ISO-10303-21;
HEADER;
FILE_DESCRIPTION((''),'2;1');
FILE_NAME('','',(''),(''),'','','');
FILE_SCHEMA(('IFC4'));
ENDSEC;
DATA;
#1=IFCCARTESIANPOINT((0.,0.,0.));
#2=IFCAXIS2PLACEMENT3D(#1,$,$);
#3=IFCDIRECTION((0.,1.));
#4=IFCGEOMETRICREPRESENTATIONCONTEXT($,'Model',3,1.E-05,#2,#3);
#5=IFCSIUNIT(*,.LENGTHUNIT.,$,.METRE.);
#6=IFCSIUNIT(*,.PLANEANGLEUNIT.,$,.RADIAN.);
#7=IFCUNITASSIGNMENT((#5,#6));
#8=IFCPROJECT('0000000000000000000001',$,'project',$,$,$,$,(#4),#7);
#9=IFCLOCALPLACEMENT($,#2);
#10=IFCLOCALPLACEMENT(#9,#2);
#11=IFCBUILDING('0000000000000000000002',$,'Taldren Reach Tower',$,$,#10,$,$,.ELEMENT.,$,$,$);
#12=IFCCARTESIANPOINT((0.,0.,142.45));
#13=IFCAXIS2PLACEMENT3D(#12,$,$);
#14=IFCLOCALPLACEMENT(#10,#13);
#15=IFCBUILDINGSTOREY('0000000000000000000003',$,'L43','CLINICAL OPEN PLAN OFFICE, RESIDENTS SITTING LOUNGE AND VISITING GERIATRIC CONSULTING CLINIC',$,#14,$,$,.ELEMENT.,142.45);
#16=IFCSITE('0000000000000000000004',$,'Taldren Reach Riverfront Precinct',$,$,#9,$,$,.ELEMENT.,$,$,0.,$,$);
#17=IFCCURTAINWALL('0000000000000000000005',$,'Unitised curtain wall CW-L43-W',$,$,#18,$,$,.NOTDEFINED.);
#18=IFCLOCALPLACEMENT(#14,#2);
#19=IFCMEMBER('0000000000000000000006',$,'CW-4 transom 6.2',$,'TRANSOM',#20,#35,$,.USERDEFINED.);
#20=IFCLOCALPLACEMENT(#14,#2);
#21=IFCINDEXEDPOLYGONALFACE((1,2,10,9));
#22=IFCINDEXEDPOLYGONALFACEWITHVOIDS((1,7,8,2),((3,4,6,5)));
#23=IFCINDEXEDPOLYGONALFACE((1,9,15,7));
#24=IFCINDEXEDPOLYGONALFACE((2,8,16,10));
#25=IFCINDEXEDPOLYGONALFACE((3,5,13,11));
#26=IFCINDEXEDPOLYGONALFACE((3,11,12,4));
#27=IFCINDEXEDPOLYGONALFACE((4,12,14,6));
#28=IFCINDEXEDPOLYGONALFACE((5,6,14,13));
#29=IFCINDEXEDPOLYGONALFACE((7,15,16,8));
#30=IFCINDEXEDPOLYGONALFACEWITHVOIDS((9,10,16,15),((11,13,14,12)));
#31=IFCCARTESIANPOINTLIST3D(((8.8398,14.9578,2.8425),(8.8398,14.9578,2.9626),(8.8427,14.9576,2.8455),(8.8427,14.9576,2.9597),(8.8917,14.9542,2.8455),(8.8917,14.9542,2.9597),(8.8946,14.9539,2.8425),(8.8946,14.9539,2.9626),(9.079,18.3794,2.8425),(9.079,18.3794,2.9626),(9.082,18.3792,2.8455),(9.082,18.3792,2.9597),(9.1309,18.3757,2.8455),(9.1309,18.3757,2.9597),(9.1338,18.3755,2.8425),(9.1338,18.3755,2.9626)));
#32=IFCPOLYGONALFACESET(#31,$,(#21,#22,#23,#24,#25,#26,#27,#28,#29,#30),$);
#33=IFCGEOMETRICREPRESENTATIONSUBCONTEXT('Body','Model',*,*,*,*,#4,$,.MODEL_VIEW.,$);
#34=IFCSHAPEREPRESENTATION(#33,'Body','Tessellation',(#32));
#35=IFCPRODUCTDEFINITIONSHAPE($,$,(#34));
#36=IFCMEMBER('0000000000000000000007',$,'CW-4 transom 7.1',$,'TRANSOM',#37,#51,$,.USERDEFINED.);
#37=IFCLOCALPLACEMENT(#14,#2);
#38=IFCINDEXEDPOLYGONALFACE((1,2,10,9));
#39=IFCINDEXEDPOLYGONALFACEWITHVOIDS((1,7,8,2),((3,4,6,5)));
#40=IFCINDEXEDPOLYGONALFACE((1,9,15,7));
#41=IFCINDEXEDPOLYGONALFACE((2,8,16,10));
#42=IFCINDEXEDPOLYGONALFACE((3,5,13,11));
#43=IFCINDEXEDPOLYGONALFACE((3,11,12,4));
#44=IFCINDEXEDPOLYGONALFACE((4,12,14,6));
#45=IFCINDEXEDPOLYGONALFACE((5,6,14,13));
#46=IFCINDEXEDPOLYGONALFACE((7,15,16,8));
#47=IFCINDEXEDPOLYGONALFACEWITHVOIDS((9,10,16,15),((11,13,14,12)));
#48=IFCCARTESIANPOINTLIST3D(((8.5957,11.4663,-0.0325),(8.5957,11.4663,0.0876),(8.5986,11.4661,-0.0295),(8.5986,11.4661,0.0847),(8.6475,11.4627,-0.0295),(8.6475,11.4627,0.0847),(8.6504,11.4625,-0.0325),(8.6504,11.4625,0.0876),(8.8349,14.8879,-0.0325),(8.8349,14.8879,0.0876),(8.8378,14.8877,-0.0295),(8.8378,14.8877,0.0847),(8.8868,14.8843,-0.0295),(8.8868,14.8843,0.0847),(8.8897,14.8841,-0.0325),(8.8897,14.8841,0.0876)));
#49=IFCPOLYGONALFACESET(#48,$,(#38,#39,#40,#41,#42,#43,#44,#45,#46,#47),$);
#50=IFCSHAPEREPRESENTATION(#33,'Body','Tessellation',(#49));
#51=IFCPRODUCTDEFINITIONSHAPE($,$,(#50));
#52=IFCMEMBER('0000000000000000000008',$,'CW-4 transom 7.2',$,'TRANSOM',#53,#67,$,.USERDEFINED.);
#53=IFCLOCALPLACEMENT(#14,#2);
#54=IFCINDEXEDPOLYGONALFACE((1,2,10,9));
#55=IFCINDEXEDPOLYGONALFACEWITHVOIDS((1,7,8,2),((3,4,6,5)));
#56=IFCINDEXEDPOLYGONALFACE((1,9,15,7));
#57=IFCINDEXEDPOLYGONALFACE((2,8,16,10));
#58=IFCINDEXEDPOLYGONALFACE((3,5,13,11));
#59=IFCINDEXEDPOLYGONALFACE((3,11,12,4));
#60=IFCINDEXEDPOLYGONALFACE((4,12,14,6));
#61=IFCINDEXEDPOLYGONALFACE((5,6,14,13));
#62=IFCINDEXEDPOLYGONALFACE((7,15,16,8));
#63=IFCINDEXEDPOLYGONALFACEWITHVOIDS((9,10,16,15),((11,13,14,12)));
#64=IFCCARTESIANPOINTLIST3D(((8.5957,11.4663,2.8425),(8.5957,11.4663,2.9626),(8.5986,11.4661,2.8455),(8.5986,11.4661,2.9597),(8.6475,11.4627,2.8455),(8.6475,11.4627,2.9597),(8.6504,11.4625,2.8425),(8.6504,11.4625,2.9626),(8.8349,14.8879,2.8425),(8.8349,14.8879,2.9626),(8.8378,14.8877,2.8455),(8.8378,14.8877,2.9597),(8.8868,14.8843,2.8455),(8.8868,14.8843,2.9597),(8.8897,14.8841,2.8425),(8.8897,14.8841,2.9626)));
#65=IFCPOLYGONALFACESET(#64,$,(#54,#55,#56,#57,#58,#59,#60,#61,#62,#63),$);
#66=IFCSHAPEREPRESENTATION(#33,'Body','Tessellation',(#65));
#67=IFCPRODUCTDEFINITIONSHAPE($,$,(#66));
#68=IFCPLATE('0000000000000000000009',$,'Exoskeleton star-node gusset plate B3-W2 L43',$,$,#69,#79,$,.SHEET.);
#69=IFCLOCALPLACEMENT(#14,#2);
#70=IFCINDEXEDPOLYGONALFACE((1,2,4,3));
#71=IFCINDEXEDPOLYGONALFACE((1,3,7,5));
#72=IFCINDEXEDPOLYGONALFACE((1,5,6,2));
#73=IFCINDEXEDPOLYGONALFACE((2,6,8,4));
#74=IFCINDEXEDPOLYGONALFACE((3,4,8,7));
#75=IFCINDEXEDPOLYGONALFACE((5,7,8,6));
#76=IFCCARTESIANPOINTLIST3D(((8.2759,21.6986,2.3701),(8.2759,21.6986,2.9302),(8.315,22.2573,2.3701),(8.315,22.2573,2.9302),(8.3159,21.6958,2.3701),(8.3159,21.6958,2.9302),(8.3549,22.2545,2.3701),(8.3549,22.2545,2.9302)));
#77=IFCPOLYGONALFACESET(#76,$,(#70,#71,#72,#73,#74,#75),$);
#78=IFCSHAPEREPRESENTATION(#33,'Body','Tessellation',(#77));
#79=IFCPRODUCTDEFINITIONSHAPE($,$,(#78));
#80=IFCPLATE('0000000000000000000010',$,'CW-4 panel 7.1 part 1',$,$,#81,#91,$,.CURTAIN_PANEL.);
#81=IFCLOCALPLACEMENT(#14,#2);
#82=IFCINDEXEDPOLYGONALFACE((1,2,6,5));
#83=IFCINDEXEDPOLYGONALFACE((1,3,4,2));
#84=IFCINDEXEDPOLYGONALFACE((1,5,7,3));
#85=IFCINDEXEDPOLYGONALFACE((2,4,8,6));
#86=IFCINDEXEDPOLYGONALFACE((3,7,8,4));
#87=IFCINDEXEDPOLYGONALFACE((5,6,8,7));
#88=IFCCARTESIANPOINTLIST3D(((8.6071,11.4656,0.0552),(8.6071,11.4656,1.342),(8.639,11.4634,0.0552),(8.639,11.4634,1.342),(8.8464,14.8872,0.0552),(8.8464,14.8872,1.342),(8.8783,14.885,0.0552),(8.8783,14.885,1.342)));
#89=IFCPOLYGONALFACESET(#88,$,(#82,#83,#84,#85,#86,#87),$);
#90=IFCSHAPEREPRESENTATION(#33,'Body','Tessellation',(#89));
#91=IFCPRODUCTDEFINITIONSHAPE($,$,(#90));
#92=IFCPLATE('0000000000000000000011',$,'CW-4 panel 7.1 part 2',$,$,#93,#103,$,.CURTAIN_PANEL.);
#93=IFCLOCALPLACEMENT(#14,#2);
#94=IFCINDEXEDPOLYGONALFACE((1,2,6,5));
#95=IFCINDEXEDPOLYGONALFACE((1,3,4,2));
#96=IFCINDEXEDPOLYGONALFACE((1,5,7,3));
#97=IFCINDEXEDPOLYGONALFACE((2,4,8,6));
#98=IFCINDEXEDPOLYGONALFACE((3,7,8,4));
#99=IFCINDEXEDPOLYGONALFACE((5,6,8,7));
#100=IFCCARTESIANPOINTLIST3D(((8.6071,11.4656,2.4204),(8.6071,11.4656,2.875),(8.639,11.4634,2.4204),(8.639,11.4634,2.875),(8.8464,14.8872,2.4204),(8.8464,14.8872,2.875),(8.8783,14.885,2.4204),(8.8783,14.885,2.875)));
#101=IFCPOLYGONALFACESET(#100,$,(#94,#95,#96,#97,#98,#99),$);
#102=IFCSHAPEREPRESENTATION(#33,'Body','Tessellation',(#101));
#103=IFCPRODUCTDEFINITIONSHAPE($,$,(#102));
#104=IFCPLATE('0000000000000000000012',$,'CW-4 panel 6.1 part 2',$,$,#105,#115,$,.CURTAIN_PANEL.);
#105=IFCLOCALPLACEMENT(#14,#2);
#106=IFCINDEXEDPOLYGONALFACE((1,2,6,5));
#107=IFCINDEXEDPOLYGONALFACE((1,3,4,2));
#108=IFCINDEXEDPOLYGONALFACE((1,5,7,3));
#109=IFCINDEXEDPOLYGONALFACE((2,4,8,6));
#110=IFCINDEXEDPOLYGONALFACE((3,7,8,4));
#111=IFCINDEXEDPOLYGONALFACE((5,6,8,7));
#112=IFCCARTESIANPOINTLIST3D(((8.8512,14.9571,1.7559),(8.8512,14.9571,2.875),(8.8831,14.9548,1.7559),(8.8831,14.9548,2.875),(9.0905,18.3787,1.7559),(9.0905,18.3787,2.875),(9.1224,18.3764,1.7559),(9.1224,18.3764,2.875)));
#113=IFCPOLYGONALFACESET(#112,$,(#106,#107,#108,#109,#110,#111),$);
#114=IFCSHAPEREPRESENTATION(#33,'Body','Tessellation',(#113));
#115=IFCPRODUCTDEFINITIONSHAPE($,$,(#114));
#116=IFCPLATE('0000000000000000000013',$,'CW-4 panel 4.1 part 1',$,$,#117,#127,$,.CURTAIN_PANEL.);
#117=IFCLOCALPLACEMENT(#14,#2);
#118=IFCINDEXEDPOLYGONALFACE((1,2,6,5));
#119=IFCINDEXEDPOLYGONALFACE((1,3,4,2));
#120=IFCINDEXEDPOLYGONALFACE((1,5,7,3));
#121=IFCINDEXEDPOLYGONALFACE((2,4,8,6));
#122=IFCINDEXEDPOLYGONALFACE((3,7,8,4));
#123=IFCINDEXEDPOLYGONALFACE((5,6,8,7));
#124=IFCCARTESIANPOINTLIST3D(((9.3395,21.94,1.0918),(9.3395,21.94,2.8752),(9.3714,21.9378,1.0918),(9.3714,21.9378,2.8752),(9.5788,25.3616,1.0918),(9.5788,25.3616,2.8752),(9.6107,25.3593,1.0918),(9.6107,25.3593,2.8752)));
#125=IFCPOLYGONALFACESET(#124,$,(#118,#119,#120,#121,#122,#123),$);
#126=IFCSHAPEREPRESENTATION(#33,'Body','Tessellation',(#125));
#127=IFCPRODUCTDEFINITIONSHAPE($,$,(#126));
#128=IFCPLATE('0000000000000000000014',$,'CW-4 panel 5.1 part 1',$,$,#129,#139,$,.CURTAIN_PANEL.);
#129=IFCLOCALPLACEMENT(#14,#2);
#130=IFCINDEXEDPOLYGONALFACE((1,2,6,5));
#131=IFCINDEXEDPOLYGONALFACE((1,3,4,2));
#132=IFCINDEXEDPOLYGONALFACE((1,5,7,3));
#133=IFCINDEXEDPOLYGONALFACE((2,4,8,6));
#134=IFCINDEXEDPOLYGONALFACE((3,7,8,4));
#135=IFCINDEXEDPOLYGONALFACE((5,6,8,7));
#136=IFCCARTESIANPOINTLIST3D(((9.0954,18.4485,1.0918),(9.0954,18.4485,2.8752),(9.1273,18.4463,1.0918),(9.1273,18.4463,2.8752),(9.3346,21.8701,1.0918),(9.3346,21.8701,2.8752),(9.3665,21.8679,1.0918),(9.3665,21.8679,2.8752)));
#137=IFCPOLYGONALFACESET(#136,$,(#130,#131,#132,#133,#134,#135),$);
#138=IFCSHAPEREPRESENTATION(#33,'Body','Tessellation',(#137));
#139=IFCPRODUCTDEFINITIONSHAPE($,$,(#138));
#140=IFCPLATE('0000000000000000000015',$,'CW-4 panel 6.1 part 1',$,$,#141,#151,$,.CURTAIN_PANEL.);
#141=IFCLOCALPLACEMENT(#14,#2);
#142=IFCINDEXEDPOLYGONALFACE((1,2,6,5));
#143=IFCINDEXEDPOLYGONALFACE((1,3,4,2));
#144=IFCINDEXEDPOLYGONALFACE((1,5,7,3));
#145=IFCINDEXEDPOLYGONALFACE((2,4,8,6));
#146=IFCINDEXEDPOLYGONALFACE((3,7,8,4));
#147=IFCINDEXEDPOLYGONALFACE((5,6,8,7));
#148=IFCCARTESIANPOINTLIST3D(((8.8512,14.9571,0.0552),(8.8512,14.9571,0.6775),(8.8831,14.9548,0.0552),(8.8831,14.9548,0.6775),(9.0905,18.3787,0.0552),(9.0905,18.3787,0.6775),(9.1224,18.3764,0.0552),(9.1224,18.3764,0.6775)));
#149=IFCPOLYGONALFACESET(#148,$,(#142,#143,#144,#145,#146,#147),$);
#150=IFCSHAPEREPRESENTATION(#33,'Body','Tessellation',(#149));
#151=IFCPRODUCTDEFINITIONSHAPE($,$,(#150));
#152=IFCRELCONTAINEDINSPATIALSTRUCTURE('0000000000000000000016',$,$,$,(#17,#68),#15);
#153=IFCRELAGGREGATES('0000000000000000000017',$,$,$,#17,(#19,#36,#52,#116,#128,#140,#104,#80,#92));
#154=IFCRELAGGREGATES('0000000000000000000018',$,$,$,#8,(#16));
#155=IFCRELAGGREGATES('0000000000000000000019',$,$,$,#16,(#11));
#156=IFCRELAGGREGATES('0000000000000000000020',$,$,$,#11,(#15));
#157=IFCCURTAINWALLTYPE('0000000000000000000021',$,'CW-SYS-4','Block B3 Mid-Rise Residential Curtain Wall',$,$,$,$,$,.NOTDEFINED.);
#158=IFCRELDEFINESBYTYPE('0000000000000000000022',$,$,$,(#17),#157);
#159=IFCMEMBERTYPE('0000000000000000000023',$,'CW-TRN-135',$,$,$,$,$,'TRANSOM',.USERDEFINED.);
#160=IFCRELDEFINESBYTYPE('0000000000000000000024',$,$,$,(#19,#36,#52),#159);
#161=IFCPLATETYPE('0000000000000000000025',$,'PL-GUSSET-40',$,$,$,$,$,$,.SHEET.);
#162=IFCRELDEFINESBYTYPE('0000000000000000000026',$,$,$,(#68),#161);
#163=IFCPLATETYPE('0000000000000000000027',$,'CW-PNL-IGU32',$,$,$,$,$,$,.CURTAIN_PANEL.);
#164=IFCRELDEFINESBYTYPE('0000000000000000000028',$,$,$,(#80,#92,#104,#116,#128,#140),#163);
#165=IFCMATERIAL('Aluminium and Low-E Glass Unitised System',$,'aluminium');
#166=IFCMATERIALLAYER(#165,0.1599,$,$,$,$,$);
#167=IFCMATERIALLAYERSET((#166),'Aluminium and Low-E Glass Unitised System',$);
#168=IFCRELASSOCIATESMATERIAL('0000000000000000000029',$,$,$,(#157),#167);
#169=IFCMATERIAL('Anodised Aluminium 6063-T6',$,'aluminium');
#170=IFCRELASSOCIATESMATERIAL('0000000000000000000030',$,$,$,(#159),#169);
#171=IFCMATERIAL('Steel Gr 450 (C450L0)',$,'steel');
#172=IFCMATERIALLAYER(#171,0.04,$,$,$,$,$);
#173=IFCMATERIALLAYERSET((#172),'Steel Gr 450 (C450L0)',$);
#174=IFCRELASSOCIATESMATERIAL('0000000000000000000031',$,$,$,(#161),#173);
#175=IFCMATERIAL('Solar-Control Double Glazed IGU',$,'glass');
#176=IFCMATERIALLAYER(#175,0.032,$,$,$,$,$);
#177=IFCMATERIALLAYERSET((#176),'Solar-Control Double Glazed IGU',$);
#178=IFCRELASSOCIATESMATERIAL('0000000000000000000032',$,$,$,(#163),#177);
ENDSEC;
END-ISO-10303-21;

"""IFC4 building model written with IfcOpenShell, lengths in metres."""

from ifc_helpers import new_model, si_unit, direction, frame, origin, origin_2d, place, context, subcontext, project, spatial, rectangle, hollow_rectangle, extrude, source, transform, mapped, material, layer, layer_set, material_profile, profile_set, type_object, element, aggregate, save


model = new_model("IFC4")

# Units and contexts
model_context = context("Model", 3, precision=1e-05, world=origin(), true_north=direction((0.0, 1.0)))
body_context = subcontext(model_context, "Body", "Model", "MODEL_VIEW")
ifc_project = project(units=[si_unit("LENGTHUNIT", "METRE"), si_unit("PLANEANGLEUNIT", "RADIAN")], contexts=[model_context])

# Site, building, storey
site_placement = place(None, origin())
site = spatial("IfcSite", under=ifc_project, at=site_placement, Name="Taldren Reach Riverfront Precinct", CompositionType="ELEMENT", RefElevation=0.0)
building_placement = place(site_placement, origin())
building = spatial("IfcBuilding", under=site, at=building_placement, Name="Taldren Reach Tower", CompositionType="ELEMENT")
storey_placement = place(building_placement, frame((0.0, 0.0, 142.45)))
storey = spatial("IfcBuildingStorey", under=building, at=storey_placement, Name="L43", Description="CLINICAL OPEN PLAN OFFICE, RESIDENTS SITTING LOUNGE AND VISITING GERIATRIC CONSULTING CLINIC", CompositionType="ELEMENT", Elevation=142.45)

# Shared definitions
ifc_material_1 = material(Name="Steel Gr 450 (C450L0)", Category="steel")

# Curtain wall, members
ifc_material_2 = material(Name="Aluminium and Low-E Glass Unitised System", Category="aluminium")
ifc_layer_1 = layer(ifc_material_2, 0.1599)
ifc_layer_set_1 = layer_set([ifc_layer_1], Name="Aluminium and Low-E Glass Unitised System")
curtain_wall_type = type_object("IfcCurtainWallType", Name="CW-SYS-4", Description="Block B3 Mid-Rise Residential Curtain Wall", PredefinedType="NOTDEFINED", material=ifc_layer_set_1)
curtain_wall_placement = place(storey_placement, origin())
curtain_wall = element("IfcCurtainWall", 1, at=curtain_wall_placement, inside=storey, type_object=curtain_wall_type, Name="Unitised curtain wall CW-L43-W", PredefinedType="NOTDEFINED")
ifc_material_3 = material(Name="Anodised Aluminium 6063-T6", Category="aluminium")
ifc_material_profile_1 = material_profile(ifc_material_3, hollow_rectangle(XDim=0.0549, YDim=0.1201, WallThickness=0.0029, at=origin_2d()), Name="ALU-120x55x3RHS")
ifc_profile_set_1 = profile_set([ifc_material_profile_1], Name="Anodised Aluminium 6063-T6")
member_type_1 = type_object("IfcMemberType", Name="CW-TRN-135", ElementType="TRANSOM", PredefinedType="USERDEFINED", material=ifc_profile_set_1)
shared_shape_1 = source(origin(), body_context, "Body", "SweptSolid", [
    extrude(hollow_rectangle(XDim=0.0549, YDim=0.1201, WallThickness=0.0029, at=origin_2d()), origin(), (0.0, 0.0, 1.0), 3.4299),
])
member_1_placement = place(storey_placement, frame((9.1064, 18.3774, 2.9026), z_axis=(-0.069755, -0.997564, 0.0), x_axis=(0.997564, -0.069755, 0.0)))
member_1 = element("IfcMember", 2, at=member_1_placement, type_object=member_type_1, Name="CW-4 transom 6.2", ObjectType="TRANSOM", PredefinedType="USERDEFINED", context=body_context, shape_type="MappedRepresentation", body=[
    mapped(shared_shape_1, transform((0.0, 0.0, 0.0), scale=1.0)),
])
member_2_placement = place(storey_placement, frame((8.8623, 14.886, 0.0276), z_axis=(-0.069755, -0.997564, 0.0), x_axis=(0.997564, -0.069755, 0.0)))
member_2 = element("IfcMember", 3, at=member_2_placement, type_object=member_type_1, Name="CW-4 transom 7.1", ObjectType="TRANSOM", PredefinedType="USERDEFINED", context=body_context, shape_type="MappedRepresentation", body=[
    mapped(shared_shape_1, transform((0.0, 0.0, 0.0), scale=1.0)),
])
member_3_placement = place(storey_placement, frame((8.8623, 14.886, 2.9026), z_axis=(-0.069755, -0.997564, 0.0), x_axis=(0.997564, -0.069755, 0.0)))
member_3 = element("IfcMember", 4, at=member_3_placement, type_object=member_type_1, Name="CW-4 transom 7.2", ObjectType="TRANSOM", PredefinedType="USERDEFINED", context=body_context, shape_type="MappedRepresentation", body=[
    mapped(shared_shape_1, transform((0.0, 0.0, 0.0), scale=1.0)),
])

# Plates
ifc_layer_2 = layer(ifc_material_1, 0.04)
ifc_layer_set_2 = layer_set([ifc_layer_2], Name="Steel Gr 450 (C450L0)")
plate_type_1 = type_object("IfcPlateType", Name="PL-GUSSET-40", PredefinedType="SHEET", material=ifc_layer_set_2)
shared_shape_2 = source(origin(), body_context, "Body", "SweptSolid", [
    extrude(rectangle(XDim=0.5601, YDim=0.04, at=origin_2d()), origin(), (0.0, 0.0, 1.0), 0.5601),
])
plate_1_placement = place(storey_placement, frame((8.3154, 21.9766, 2.3701), z_axis=(0.0, 0.0, 1.0), x_axis=(0.069756, 0.997564, 0.0)))
element("IfcPlate", 5, at=plate_1_placement, inside=storey, type_object=plate_type_1, Name="Exoskeleton star-node gusset plate B3-W2 L43", PredefinedType="SHEET", context=body_context, shape_type="MappedRepresentation", body=[
    mapped(shared_shape_2, transform((0.0, 0.0, 0.0), scale=1.0)),
])
ifc_material_4 = material(Name="Solar-Control Double Glazed IGU", Category="glass")
ifc_layer_3 = layer(ifc_material_4, 0.032)
ifc_layer_set_3 = layer_set([ifc_layer_3], Name="Solar-Control Double Glazed IGU")
plate_type_2 = type_object("IfcPlateType", Name="CW-PNL-IGU32", PredefinedType="CURTAIN_PANEL", material=ifc_layer_set_3)
shared_shape_3 = source(origin(), body_context, "Body", "SweptSolid", [
    extrude(rectangle(XDim=3.4299, YDim=0.032, at=origin_2d()), origin(), (0.0, 0.0, 1.0), 1.2869),
])
plate_2_placement = place(storey_placement, frame((8.7427, 13.1753, 0.0552), z_axis=(0.0, 0.0, 1.0), x_axis=(-0.069756, -0.997564, 0.0)))
plate_2 = element("IfcPlate", 6, at=plate_2_placement, type_object=plate_type_2, Name="CW-4 panel 7.1 part 1", PredefinedType="CURTAIN_PANEL", context=body_context, shape_type="MappedRepresentation", body=[
    mapped(shared_shape_3, transform((0.0, 0.0, 0.0), scale=1.0)),
])
shared_shape_4 = source(origin(), body_context, "Body", "SweptSolid", [
    extrude(rectangle(XDim=3.4299, YDim=0.032, at=origin_2d()), origin(), (0.0, 0.0, 1.0), 0.4546),
])
plate_3_placement = place(storey_placement, frame((8.7427, 13.1753, 2.4204), z_axis=(0.0, 0.0, 1.0), x_axis=(-0.069756, -0.997564, 0.0)))
plate_3 = element("IfcPlate", 7, at=plate_3_placement, type_object=plate_type_2, Name="CW-4 panel 7.1 part 2", PredefinedType="CURTAIN_PANEL", context=body_context, shape_type="MappedRepresentation", body=[
    mapped(shared_shape_4, transform((0.0, 0.0, 0.0), scale=1.0)),
])
shared_shape_5 = source(origin(), body_context, "Body", "SweptSolid", [
    extrude(rectangle(XDim=3.4299, YDim=0.032, at=origin_2d()), origin(), (0.0, 0.0, 1.0), 1.1191),
])
plate_4_placement = place(storey_placement, frame((8.9868, 16.6667, 1.7559), z_axis=(0.0, 0.0, 1.0), x_axis=(-0.069756, -0.997564, 0.0)))
plate_4 = element("IfcPlate", 8, at=plate_4_placement, type_object=plate_type_2, Name="CW-4 panel 6.1 part 2", PredefinedType="CURTAIN_PANEL", context=body_context, shape_type="MappedRepresentation", body=[
    mapped(shared_shape_5, transform((0.0, 0.0, 0.0), scale=1.0)),
])
shared_shape_6 = source(origin(), body_context, "Body", "SweptSolid", [
    extrude(rectangle(XDim=3.4299, YDim=0.032, at=origin_2d()), origin(), (0.0, 0.0, 1.0), 1.7834),
])
plate_5_placement = place(storey_placement, frame((9.4751, 23.6497, 1.0918), z_axis=(0.0, 0.0, 1.0), x_axis=(-0.069756, -0.997564, 0.0)))
plate_5 = element("IfcPlate", 9, at=plate_5_placement, type_object=plate_type_2, Name="CW-4 panel 4.1 part 1", PredefinedType="CURTAIN_PANEL", context=body_context, shape_type="MappedRepresentation", body=[
    mapped(shared_shape_6, transform((0.0, 0.0, 0.0), scale=1.0)),
])
plate_6_placement = place(storey_placement, frame((9.231, 20.1582, 1.0918), z_axis=(0.0, 0.0, 1.0), x_axis=(-0.069756, -0.997564, 0.0)))
plate_6 = element("IfcPlate", 10, at=plate_6_placement, type_object=plate_type_2, Name="CW-4 panel 5.1 part 1", PredefinedType="CURTAIN_PANEL", context=body_context, shape_type="MappedRepresentation", body=[
    mapped(shared_shape_6, transform((0.0, 0.0, 0.0), scale=1.0)),
])
shared_shape_7 = source(origin(), body_context, "Body", "SweptSolid", [
    extrude(rectangle(XDim=3.4299, YDim=0.032, at=origin_2d()), origin(), (0.0, 0.0, 1.0), 0.6223),
])
plate_7_placement = place(storey_placement, frame((8.9868, 16.6667, 0.0552), z_axis=(0.0, 0.0, 1.0), x_axis=(-0.069756, -0.997564, 0.0)))
plate_7 = element("IfcPlate", 11, at=plate_7_placement, type_object=plate_type_2, Name="CW-4 panel 6.1 part 1", PredefinedType="CURTAIN_PANEL", context=body_context, shape_type="MappedRepresentation", body=[
    mapped(shared_shape_7, transform((0.0, 0.0, 0.0), scale=1.0)),
])
aggregate(curtain_wall, [member_1, member_2, member_3, plate_5, plate_6, plate_7, plate_4, plate_2, plate_3])

save(model, "model.ifc")
